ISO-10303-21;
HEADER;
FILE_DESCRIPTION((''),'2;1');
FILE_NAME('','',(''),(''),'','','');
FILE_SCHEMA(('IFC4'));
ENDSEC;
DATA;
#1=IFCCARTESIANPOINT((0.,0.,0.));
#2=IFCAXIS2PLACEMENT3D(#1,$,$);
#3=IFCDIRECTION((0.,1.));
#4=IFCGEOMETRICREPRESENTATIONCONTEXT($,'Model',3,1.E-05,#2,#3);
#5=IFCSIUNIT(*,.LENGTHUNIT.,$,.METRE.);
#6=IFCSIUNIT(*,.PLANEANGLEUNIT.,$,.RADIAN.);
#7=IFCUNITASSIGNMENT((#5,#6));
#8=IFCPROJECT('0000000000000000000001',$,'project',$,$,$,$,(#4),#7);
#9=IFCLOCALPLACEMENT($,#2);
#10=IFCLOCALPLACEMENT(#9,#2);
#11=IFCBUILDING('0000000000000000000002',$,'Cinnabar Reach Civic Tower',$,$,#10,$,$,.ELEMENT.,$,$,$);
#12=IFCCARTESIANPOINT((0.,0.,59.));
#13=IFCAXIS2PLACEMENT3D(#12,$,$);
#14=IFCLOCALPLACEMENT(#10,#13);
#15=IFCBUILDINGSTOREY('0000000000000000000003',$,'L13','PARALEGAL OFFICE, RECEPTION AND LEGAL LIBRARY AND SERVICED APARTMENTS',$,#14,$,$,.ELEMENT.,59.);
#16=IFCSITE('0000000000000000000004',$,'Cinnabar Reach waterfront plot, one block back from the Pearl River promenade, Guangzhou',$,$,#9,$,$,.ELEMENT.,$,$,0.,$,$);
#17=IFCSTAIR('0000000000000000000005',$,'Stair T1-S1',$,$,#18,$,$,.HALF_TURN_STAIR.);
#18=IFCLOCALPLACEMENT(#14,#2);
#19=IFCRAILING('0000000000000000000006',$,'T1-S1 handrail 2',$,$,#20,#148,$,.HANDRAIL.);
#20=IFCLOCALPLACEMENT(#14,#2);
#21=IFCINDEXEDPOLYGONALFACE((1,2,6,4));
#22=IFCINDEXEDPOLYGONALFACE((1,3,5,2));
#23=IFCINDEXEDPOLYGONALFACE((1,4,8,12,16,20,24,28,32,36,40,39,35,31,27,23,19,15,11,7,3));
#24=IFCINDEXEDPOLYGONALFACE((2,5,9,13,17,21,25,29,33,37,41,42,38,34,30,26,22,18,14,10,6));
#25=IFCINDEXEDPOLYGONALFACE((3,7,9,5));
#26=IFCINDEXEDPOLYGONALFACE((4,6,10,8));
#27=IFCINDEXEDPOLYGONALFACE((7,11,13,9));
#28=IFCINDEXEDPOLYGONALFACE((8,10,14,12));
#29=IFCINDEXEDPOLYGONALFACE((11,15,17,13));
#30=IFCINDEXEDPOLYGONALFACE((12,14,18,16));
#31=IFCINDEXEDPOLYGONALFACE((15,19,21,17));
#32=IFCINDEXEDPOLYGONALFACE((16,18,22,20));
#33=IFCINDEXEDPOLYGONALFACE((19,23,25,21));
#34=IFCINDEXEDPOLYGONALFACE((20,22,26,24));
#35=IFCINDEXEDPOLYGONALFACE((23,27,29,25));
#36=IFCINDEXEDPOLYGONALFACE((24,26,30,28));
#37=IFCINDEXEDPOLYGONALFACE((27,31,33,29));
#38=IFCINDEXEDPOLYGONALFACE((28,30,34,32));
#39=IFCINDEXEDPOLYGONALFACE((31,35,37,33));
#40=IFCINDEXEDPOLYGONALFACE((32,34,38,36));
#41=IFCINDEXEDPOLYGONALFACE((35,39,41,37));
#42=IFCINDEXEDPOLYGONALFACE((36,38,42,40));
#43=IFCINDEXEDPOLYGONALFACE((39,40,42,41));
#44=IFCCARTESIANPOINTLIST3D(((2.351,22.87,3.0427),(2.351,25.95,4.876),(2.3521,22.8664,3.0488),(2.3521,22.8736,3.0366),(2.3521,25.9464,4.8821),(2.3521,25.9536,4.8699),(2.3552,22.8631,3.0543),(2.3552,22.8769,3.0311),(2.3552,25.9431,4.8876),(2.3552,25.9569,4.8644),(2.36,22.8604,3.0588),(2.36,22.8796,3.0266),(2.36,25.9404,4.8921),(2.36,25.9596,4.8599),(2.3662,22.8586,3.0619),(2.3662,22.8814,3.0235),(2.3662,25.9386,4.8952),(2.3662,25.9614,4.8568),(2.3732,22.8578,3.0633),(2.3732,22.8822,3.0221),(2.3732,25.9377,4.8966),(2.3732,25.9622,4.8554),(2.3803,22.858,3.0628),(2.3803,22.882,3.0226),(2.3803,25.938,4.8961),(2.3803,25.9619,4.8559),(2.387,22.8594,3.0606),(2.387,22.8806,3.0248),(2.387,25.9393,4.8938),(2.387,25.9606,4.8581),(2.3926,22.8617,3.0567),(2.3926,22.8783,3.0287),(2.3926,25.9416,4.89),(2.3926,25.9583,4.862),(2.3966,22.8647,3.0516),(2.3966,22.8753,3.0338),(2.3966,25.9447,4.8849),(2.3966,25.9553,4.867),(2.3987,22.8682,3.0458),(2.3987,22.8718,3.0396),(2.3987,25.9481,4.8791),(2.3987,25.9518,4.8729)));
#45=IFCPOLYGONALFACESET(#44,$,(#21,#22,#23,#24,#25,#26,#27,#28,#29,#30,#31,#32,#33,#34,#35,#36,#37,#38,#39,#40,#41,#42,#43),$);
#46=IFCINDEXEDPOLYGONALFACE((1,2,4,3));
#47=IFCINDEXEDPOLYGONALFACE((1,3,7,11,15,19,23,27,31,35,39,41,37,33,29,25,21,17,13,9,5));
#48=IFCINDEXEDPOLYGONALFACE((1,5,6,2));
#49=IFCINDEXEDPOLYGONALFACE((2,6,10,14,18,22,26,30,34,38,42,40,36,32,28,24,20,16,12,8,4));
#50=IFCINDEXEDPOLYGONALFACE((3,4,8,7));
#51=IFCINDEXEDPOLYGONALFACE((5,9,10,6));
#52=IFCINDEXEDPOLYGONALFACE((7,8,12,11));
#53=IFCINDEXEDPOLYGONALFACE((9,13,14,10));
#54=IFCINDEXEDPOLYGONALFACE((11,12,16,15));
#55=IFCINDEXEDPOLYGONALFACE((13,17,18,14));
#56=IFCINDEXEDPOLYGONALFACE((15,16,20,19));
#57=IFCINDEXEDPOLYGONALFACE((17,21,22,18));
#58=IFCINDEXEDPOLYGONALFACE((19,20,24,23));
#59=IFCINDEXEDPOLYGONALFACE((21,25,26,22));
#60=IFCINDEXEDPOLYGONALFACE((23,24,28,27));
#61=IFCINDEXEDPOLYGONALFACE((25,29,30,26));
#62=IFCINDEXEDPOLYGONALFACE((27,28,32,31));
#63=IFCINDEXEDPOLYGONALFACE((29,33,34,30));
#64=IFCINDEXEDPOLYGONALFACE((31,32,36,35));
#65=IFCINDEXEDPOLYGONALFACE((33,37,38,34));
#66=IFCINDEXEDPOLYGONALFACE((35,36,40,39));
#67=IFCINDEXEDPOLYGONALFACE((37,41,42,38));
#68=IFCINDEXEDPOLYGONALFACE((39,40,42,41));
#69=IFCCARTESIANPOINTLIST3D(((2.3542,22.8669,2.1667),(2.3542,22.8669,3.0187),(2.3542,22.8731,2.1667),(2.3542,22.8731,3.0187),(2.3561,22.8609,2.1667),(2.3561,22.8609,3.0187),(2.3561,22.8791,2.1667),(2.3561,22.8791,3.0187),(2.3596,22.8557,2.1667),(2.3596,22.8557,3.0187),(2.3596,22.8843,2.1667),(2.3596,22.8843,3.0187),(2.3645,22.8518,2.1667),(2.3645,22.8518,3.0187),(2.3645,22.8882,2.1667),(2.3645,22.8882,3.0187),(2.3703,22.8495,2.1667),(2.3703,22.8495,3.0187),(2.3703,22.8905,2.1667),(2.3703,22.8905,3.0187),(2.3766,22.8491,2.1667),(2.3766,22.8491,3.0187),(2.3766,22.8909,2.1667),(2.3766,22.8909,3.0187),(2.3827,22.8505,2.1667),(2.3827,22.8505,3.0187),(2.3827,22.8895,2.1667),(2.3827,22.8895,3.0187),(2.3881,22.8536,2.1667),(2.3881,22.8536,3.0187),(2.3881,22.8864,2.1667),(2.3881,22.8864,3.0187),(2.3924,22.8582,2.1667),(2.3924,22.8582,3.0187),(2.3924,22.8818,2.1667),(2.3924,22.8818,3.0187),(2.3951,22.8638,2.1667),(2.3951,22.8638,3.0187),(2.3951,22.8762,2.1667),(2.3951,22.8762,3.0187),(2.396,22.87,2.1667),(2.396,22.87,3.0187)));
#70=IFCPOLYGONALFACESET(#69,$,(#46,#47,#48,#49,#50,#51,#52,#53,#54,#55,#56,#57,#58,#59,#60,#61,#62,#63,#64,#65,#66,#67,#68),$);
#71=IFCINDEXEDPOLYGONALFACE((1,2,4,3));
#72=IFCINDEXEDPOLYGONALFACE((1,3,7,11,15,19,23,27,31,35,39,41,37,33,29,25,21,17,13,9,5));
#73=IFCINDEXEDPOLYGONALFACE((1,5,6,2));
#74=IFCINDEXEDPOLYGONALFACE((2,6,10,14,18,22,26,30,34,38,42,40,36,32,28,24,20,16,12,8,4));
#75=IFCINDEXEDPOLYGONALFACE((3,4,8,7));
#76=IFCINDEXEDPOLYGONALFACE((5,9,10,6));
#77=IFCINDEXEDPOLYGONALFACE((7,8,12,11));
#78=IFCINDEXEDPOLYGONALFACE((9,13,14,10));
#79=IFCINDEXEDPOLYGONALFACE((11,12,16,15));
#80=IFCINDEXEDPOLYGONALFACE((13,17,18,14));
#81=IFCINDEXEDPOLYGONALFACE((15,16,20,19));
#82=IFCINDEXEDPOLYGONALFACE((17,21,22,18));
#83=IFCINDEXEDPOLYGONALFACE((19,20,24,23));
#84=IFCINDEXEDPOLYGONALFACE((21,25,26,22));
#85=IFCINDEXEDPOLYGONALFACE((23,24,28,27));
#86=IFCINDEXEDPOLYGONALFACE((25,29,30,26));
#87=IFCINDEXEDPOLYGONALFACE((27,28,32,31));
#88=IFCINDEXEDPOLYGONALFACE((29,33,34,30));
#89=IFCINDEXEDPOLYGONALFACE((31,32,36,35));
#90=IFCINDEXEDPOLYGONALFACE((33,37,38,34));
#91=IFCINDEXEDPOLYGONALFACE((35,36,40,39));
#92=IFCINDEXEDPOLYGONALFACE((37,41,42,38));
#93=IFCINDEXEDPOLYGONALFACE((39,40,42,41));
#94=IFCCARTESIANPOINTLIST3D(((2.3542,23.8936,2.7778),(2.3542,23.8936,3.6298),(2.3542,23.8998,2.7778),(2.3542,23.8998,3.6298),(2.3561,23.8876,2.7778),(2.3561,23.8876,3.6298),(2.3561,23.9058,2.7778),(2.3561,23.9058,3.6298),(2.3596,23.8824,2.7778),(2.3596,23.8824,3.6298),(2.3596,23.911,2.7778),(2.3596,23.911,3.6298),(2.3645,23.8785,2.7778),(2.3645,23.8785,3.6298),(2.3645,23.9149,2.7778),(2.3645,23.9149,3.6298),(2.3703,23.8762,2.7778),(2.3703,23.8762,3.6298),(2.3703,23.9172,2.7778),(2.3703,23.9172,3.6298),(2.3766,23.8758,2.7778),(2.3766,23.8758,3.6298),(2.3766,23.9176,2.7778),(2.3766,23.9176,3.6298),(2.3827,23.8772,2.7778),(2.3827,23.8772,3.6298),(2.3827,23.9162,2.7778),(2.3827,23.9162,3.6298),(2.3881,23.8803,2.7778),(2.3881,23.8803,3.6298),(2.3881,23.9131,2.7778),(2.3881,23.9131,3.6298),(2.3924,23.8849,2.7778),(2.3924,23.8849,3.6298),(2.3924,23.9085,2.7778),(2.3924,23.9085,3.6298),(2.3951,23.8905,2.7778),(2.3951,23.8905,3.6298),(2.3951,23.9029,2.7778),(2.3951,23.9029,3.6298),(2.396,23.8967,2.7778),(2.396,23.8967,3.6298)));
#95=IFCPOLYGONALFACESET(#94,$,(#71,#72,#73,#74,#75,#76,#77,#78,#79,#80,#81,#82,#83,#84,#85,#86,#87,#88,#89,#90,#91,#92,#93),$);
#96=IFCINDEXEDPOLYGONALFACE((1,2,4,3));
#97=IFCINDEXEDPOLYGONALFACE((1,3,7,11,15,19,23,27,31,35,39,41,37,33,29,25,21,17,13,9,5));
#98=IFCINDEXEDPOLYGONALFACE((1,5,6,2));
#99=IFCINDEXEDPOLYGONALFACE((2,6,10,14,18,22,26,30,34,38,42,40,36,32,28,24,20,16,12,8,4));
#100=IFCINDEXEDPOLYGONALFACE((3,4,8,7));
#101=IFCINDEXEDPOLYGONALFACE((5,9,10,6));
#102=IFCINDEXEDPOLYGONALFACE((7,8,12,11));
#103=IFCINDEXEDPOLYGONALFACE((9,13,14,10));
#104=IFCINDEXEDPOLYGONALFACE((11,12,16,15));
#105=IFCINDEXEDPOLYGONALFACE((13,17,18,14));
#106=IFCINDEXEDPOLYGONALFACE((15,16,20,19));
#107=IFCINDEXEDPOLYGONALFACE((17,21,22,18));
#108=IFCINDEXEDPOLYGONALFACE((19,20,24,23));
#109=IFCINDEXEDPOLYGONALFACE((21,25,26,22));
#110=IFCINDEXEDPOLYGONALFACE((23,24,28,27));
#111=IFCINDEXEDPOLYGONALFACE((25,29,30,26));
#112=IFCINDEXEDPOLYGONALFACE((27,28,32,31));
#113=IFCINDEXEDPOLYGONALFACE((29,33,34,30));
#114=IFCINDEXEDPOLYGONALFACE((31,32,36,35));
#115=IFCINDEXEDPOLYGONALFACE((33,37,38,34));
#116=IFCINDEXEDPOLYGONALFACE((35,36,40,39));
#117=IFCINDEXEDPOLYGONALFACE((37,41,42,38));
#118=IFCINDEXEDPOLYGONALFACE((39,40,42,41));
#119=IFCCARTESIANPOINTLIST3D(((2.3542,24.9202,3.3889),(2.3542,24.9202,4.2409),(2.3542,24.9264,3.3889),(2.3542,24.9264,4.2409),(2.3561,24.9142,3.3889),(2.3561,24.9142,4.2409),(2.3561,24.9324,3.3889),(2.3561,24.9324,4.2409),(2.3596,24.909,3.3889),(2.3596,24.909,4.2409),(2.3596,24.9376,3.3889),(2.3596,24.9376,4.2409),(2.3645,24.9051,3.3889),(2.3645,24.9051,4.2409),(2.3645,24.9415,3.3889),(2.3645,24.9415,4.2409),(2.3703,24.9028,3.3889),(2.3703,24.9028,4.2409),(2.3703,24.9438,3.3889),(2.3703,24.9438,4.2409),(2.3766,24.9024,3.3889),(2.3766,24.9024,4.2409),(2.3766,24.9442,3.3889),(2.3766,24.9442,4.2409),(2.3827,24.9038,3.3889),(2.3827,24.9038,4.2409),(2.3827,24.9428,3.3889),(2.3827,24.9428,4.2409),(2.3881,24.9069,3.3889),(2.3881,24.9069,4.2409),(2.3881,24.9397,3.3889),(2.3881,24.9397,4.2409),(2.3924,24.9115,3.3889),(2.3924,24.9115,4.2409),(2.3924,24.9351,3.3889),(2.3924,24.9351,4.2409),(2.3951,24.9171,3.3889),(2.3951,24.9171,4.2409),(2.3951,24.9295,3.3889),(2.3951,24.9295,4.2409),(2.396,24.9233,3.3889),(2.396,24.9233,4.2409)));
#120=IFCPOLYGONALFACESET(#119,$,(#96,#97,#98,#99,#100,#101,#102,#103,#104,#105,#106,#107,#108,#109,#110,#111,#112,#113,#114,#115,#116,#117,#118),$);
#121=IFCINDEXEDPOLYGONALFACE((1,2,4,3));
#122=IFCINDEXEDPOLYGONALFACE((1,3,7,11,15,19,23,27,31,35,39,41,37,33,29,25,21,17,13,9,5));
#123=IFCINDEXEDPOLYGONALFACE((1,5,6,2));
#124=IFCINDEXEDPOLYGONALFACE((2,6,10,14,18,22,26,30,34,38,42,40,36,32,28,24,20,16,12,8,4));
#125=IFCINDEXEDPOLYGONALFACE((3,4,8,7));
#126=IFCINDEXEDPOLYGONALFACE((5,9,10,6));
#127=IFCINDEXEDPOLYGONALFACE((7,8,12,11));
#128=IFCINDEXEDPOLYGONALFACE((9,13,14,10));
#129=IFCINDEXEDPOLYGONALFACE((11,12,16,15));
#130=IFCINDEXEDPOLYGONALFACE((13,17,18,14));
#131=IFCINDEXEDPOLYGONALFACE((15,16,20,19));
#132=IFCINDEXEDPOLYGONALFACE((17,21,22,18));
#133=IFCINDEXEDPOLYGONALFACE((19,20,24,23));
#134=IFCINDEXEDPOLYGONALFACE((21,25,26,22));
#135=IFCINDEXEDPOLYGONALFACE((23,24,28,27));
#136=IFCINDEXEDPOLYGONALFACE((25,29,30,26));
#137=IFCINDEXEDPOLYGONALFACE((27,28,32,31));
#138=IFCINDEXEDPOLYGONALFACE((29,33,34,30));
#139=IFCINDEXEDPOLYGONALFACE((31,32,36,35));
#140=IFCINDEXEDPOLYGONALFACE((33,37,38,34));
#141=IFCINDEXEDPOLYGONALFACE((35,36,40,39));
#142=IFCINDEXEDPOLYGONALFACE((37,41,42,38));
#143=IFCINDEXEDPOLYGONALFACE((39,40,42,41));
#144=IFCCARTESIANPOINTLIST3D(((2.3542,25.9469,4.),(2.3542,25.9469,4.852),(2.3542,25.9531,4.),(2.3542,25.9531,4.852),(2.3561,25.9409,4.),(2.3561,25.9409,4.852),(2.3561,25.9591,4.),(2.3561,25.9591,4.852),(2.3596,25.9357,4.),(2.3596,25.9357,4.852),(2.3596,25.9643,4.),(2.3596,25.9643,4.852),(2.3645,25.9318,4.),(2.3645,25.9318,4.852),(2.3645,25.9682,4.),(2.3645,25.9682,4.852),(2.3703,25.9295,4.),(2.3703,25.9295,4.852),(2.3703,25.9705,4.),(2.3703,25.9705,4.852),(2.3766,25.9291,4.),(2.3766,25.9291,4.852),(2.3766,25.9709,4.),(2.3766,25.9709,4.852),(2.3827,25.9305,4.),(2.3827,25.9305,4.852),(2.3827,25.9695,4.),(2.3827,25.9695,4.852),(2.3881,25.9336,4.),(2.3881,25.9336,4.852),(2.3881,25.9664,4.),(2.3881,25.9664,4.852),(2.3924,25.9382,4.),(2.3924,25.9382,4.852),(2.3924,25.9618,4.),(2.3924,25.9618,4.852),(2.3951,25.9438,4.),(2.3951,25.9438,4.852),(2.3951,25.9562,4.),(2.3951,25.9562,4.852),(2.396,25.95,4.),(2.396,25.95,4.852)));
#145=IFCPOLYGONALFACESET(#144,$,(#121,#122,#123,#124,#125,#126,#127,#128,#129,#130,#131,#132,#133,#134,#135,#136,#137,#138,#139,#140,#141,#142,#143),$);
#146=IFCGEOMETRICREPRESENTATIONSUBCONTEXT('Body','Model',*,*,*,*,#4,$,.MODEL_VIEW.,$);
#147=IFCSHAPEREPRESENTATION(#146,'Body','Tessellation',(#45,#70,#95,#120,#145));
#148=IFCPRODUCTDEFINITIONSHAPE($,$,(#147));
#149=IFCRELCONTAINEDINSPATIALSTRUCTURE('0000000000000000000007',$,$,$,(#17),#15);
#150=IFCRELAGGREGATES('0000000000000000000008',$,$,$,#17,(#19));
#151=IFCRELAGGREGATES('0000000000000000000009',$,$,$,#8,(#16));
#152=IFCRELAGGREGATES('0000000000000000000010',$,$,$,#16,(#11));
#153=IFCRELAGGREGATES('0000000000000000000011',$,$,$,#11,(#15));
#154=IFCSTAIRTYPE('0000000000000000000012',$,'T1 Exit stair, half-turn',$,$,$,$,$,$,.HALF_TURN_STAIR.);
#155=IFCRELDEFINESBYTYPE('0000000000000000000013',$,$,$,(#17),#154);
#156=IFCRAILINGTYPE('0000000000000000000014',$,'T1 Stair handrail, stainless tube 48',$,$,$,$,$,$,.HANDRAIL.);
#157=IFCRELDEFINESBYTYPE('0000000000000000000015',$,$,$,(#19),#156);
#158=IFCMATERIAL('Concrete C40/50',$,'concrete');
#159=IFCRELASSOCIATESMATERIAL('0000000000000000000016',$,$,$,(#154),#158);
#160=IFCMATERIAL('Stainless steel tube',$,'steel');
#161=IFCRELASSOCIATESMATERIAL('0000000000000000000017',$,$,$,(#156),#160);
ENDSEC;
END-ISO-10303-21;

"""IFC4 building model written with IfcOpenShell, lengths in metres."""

from ifc_helpers import new_model, si_unit, direction, frame, origin, origin_2d, place, context, subcontext, project, spatial, circle, extrude, material, type_object, element, aggregate, save


model = new_model("IFC4")

# Units and contexts
model_context = context("Model", 3, precision=1e-05, world=origin(), true_north=direction((0.0, 1.0)))
body_context = subcontext(model_context, "Body", "Model", "MODEL_VIEW")
ifc_project = project(units=[si_unit("LENGTHUNIT", "METRE"), si_unit("PLANEANGLEUNIT", "RADIAN")], contexts=[model_context])

# Site, building, storey
site_placement = place(None, origin())
site = spatial("IfcSite", under=ifc_project, at=site_placement, Name="Cinnabar Reach waterfront plot, one block back from the Pearl River promenade, Guangzhou", CompositionType="ELEMENT", RefElevation=0.0)
building_placement = place(site_placement, origin())
building = spatial("IfcBuilding", under=site, at=building_placement, Name="Cinnabar Reach Civic Tower", CompositionType="ELEMENT")
storey_placement = place(building_placement, frame((0.0, 0.0, 59.0)))
storey = spatial("IfcBuildingStorey", under=building, at=storey_placement, Name="L13", Description="PARALEGAL OFFICE, RECEPTION AND LEGAL LIBRARY AND SERVICED APARTMENTS", CompositionType="ELEMENT", Elevation=59.0)

# Stair, railing
ifc_material_1 = material(Name="Concrete C40/50", Category="concrete")
stair_type = type_object("IfcStairType", Name="T1 Exit stair, half-turn", PredefinedType="HALF_TURN_STAIR", material=ifc_material_1)
stair_placement = place(storey_placement, origin())
stair = element("IfcStair", 1, at=stair_placement, inside=storey, type_object=stair_type, Name="Stair T1-S1", PredefinedType="HALF_TURN_STAIR")
ifc_material_2 = material(Name="Stainless steel tube", Category="steel")
railing_type = type_object("IfcRailingType", Name="T1 Stair handrail, stainless tube 48", PredefinedType="HANDRAIL", material=ifc_material_2)
railing_placement = place(storey_placement, frame((2.375, 22.87, 2.1667)))
railing = element("IfcRailing", 2, at=railing_placement, type_object=railing_type, Name="T1-S1 handrail 2", PredefinedType="HANDRAIL", context=body_context, shape_type="SweptSolid", body=[
    extrude(circle(Radius=0.024, at=origin_2d()), frame((0.0, 0.0, 0.876), z_axis=(0.0, 0.859297, 0.511477), x_axis=(-1.0, 0.0, 0.0)), (0.0, 0.0, 1.0), 3.5843),
    extrude(circle(Radius=0.021, at=origin_2d()), origin(), (0.0, 0.0, 1.0), 0.852),
    extrude(circle(Radius=0.021, at=origin_2d()), frame((0.0, 1.0267, 0.6111)), (0.0, 0.0, 1.0), 0.852),
    extrude(circle(Radius=0.021, at=origin_2d()), frame((0.0, 2.0533, 1.2222)), (0.0, 0.0, 1.0), 0.852),
    extrude(circle(Radius=0.021, at=origin_2d()), frame((0.0, 3.08, 1.8333)), (0.0, 0.0, 1.0), 0.852),
])
aggregate(stair, [railing])

save(model, "model.ifc")
